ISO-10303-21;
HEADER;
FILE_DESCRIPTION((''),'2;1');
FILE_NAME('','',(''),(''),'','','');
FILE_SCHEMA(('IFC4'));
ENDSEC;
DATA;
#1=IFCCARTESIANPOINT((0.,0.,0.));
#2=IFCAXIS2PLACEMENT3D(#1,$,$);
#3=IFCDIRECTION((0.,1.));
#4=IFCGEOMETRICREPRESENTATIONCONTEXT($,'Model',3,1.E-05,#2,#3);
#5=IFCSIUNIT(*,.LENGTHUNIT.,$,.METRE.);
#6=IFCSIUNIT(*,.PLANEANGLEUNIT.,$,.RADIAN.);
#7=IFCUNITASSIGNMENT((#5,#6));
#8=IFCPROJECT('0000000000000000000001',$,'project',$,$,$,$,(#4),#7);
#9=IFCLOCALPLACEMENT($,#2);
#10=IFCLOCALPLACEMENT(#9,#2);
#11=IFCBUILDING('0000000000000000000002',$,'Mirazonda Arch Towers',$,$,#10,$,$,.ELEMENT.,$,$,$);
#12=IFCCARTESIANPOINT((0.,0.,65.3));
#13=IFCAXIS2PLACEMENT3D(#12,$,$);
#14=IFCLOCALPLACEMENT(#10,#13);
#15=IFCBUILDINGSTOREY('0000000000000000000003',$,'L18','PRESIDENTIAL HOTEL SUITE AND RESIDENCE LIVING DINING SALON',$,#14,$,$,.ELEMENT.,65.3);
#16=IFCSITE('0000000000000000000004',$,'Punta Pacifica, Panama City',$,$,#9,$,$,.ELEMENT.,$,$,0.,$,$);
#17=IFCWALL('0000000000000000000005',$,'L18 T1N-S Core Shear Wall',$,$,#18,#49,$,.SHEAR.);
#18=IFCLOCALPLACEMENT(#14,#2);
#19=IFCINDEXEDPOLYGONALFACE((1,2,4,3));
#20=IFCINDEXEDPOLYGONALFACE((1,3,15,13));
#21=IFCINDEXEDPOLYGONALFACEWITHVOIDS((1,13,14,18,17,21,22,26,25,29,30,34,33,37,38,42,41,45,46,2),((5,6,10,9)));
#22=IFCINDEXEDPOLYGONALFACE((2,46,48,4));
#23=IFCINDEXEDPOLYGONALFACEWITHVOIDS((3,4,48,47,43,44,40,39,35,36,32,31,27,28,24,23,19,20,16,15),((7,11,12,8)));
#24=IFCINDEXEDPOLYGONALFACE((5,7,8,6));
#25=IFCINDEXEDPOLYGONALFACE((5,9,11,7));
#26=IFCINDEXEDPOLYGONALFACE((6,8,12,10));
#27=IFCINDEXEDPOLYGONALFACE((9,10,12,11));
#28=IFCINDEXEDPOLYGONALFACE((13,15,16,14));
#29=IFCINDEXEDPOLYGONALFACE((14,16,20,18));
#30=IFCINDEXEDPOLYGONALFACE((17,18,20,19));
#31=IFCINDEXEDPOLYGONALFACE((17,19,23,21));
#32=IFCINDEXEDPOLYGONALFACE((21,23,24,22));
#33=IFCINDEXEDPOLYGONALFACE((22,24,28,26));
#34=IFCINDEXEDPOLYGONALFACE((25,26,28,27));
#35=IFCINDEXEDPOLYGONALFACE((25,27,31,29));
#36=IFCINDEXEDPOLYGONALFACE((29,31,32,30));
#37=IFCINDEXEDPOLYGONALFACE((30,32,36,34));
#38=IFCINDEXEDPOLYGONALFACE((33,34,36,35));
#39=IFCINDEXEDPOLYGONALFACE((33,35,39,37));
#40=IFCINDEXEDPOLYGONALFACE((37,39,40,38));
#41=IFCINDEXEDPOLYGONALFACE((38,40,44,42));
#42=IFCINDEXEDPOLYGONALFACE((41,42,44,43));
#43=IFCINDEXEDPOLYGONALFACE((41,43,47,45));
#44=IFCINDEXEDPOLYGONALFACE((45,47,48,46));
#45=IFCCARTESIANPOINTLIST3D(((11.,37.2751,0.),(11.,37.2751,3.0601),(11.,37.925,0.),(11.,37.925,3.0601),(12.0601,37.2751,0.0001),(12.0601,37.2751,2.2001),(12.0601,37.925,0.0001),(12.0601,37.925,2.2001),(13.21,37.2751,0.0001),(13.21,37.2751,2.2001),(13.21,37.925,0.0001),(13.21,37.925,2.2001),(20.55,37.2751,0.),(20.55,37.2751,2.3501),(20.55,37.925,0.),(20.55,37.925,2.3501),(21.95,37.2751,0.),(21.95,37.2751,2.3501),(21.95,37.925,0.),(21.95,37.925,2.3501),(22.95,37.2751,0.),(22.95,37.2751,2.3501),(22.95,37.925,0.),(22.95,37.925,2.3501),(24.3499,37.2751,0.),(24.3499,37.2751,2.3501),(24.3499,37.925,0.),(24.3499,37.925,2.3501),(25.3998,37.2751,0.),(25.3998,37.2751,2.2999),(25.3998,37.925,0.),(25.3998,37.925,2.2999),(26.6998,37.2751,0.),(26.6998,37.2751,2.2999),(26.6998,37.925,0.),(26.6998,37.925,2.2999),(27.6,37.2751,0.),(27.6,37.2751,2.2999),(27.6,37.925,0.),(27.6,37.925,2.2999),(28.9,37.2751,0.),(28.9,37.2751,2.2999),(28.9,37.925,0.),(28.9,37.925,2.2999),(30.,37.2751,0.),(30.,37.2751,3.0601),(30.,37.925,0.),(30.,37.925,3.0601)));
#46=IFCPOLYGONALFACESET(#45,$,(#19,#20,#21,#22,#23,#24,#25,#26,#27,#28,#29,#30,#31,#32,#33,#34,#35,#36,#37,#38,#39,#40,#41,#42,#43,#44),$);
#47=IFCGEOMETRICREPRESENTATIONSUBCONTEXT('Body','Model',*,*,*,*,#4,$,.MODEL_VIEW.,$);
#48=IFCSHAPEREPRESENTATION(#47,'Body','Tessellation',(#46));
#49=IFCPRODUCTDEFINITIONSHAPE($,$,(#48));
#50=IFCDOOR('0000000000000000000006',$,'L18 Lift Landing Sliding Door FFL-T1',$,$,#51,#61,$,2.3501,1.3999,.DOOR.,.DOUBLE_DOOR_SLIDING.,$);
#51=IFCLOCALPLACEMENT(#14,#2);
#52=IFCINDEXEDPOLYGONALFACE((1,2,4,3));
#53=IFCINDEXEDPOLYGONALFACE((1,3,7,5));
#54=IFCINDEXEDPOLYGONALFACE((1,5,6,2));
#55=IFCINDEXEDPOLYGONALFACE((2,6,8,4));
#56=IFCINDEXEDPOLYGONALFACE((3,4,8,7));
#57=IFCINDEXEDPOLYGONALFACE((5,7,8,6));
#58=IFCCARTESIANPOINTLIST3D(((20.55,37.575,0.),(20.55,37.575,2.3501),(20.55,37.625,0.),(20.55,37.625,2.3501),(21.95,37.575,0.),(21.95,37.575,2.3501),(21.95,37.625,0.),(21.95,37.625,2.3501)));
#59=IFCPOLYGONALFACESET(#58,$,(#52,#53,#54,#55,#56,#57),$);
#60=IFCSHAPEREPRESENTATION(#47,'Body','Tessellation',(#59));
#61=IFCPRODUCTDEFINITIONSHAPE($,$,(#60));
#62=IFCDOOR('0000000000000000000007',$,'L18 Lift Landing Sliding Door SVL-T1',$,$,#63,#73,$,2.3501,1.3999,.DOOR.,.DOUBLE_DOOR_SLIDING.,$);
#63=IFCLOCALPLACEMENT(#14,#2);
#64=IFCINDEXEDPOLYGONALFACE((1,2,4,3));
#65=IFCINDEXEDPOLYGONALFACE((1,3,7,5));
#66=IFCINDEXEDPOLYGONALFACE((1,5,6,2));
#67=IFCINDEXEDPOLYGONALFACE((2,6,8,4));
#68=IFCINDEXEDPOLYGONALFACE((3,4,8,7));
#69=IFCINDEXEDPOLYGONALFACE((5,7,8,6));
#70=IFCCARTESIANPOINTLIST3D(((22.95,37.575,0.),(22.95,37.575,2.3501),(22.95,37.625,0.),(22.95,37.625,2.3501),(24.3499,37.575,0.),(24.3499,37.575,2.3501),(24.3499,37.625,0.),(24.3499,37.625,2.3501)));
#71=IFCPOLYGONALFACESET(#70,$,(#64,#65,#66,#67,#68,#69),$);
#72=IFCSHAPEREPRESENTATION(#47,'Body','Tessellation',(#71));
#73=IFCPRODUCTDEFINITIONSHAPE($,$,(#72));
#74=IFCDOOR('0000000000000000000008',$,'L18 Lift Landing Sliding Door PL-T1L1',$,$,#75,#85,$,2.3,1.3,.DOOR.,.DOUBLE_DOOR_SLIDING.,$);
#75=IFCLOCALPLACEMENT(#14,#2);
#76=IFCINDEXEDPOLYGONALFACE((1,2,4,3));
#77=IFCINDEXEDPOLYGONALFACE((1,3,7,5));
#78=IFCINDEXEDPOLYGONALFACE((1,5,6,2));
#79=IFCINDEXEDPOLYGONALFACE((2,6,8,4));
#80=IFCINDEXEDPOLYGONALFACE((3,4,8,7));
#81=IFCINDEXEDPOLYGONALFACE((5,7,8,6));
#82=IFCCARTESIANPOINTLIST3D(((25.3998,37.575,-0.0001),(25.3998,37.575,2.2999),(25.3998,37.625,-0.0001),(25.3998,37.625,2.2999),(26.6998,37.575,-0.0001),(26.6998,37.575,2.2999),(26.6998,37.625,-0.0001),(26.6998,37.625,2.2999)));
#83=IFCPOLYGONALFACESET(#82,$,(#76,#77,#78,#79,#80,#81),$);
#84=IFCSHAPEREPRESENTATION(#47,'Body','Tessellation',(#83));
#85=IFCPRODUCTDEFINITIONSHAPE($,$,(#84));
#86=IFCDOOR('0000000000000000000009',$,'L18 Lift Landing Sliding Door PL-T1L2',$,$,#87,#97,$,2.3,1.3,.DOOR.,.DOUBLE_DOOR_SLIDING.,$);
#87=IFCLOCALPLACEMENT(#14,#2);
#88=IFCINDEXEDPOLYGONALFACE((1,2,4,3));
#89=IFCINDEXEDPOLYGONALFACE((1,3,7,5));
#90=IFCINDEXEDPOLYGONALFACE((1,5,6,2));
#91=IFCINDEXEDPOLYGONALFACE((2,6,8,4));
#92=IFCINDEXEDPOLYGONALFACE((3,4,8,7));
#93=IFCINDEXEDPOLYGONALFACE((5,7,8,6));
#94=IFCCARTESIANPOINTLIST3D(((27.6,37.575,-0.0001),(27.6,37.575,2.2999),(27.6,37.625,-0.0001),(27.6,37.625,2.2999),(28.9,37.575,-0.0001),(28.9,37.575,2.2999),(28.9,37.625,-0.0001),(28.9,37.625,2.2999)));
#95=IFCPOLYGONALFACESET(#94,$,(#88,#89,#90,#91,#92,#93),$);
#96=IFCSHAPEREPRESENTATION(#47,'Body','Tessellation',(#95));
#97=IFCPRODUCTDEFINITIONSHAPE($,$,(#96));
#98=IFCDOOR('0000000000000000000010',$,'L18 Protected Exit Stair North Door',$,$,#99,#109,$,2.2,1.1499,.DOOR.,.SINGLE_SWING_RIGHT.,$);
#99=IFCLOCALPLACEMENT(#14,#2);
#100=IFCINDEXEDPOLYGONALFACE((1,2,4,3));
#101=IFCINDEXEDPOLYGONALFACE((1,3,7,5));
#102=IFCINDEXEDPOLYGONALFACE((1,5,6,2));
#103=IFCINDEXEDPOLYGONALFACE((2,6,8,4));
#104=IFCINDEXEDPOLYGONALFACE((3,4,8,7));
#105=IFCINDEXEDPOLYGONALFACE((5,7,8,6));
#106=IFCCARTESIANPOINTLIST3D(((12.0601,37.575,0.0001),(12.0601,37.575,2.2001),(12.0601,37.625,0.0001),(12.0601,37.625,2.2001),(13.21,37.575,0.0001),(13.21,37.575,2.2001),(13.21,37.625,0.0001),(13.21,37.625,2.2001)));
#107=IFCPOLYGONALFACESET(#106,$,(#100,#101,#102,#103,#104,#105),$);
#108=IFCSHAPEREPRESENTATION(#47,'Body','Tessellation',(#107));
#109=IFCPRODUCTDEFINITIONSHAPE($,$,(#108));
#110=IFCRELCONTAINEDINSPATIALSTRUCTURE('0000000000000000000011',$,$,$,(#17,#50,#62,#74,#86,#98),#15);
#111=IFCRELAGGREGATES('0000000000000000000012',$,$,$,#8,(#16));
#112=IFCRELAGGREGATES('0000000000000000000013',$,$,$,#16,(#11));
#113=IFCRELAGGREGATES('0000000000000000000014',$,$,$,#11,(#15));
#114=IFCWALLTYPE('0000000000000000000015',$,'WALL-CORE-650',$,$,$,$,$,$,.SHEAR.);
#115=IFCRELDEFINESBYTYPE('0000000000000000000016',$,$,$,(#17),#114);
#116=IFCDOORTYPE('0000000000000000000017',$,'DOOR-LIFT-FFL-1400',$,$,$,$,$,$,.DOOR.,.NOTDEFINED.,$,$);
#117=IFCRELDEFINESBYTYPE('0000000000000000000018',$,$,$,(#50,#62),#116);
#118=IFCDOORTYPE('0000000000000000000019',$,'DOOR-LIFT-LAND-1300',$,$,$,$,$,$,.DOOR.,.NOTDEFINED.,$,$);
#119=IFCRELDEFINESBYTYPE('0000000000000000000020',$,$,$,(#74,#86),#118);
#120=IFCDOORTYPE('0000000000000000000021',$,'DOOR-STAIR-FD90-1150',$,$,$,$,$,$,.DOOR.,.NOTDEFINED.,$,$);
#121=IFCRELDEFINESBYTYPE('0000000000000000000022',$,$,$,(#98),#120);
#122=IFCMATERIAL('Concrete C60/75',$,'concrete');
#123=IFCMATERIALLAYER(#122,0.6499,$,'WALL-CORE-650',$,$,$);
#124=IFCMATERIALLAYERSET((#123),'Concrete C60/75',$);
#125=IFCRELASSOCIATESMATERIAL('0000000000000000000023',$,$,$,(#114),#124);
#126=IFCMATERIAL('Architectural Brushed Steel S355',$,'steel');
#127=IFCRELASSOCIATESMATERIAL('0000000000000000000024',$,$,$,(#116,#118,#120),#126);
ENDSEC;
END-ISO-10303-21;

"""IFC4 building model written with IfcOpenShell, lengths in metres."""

from ifc_helpers import new_model, si_unit, direction, frame, frame_2d, origin, place, context, subcontext, project, spatial, rectangle, extrude, material, layer, layer_set, type_object, element, fill, save


model = new_model("IFC4")

# Units and contexts
model_context = context("Model", 3, precision=1e-05, world=origin(), true_north=direction((0.0, 1.0)))
body_context = subcontext(model_context, "Body", "Model", "MODEL_VIEW")
ifc_project = project(units=[si_unit("LENGTHUNIT", "METRE"), si_unit("PLANEANGLEUNIT", "RADIAN")], contexts=[model_context])

# Site, building, storey
site_placement = place(None, origin())
site = spatial("IfcSite", under=ifc_project, at=site_placement, Name="Punta Pacifica, Panama City", CompositionType="ELEMENT", RefElevation=0.0)
building_placement = place(site_placement, origin())
building = spatial("IfcBuilding", under=site, at=building_placement, Name="Mirazonda Arch Towers", CompositionType="ELEMENT")
storey_placement = place(building_placement, frame((0.0, 0.0, 65.3)))
storey = spatial("IfcBuildingStorey", under=building, at=storey_placement, Name="L18", Description="PRESIDENTIAL HOTEL SUITE AND RESIDENCE LIVING DINING SALON", CompositionType="ELEMENT", Elevation=65.3)

# Shared definitions
ifc_material_1 = material(Name="Concrete C60/75", Category="concrete")

# Shared definitions
ifc_layer_1 = layer(ifc_material_1, 0.6499, Name="WALL-CORE-650")
ifc_layer_set_1 = layer_set([ifc_layer_1], Name="Concrete C60/75")
wall_type_1 = type_object("IfcWallType", Name="WALL-CORE-650", PredefinedType="SHEAR", material=ifc_layer_set_1)

# Wall, openings, doors
wall_1_placement = place(storey_placement, frame((11.0, 37.6001, 0.0), z_axis=(0.0, 0.0, 1.0), x_axis=(1.0, 0.0, 0.0)))
wall_1 = element("IfcWall", 1, at=wall_1_placement, inside=storey, type_object=wall_type_1, Name="L18 T1N-S Core Shear Wall", PredefinedType="SHEAR", context=body_context, shape_type="SweptSolid", body=[
    extrude(rectangle(XDim=19.0, YDim=0.6499, at=frame_2d((9.5, 0.0))), origin(), (0.0, 0.0, 1.0), 3.0601),
])
opening_1_placement = place(wall_1_placement, frame((1.0601, 0.0, 0.0)))
opening_1 = element("IfcOpeningElement", 2, at=opening_1_placement, cuts=wall_1, PredefinedType="OPENING", context=body_context, shape_type="SweptSolid", body=[
    extrude(rectangle(XDim=1.1499, YDim=2.2, at=frame_2d((0.575, 1.1001))), frame((0.0, 0.335, 0.0), z_axis=(0.0, -1.0, 0.0), x_axis=(1.0, 0.0, 0.0)), (0.0, 0.0, 1.0), 0.6699),
])
opening_2_placement = place(wall_1_placement, frame((9.55, 0.0, 0.0)))
opening_2 = element("IfcOpeningElement", 3, at=opening_2_placement, cuts=wall_1, PredefinedType="OPENING", context=body_context, shape_type="SweptSolid", body=[
    extrude(rectangle(XDim=1.3999, YDim=2.3501, at=frame_2d((0.7, 1.175))), frame((0.0, 0.335, 0.0), z_axis=(0.0, -1.0, 0.0), x_axis=(1.0, 0.0, 0.0)), (0.0, 0.0, 1.0), 0.6699),
])
opening_3_placement = place(wall_1_placement, frame((11.95, 0.0, 0.0)))
opening_3 = element("IfcOpeningElement", 4, at=opening_3_placement, cuts=wall_1, PredefinedType="OPENING", context=body_context, shape_type="SweptSolid", body=[
    extrude(rectangle(XDim=1.3999, YDim=2.3501, at=frame_2d((0.7, 1.175))), frame((0.0, 0.335, 0.0), z_axis=(0.0, -1.0, 0.0), x_axis=(1.0, 0.0, 0.0)), (0.0, 0.0, 1.0), 0.6699),
])
opening_4_placement = place(wall_1_placement, frame((14.3999, 0.0, 0.0)))
opening_4 = element("IfcOpeningElement", 5, at=opening_4_placement, cuts=wall_1, PredefinedType="OPENING", context=body_context, shape_type="SweptSolid", body=[
    extrude(rectangle(XDim=1.3, YDim=2.3, at=frame_2d((0.6499, 1.1499))), frame((0.0, 0.335, 0.0), z_axis=(0.0, -1.0, 0.0), x_axis=(1.0, 0.0, 0.0)), (0.0, 0.0, 1.0), 0.6699),
])
opening_5_placement = place(wall_1_placement, frame((16.6001, 0.0, 0.0)))
opening_5 = element("IfcOpeningElement", 6, at=opening_5_placement, cuts=wall_1, PredefinedType="OPENING", context=body_context, shape_type="SweptSolid", body=[
    extrude(rectangle(XDim=1.3, YDim=2.3, at=frame_2d((0.6499, 1.1499))), frame((0.0, 0.335, 0.0), z_axis=(0.0, -1.0, 0.0), x_axis=(1.0, 0.0, 0.0)), (0.0, 0.0, 1.0), 0.6699),
])
ifc_material_2 = material(Name="Architectural Brushed Steel S355", Category="steel")
door_type_1 = type_object("IfcDoorType", Name="DOOR-LIFT-FFL-1400", OperationType="NOTDEFINED", PredefinedType="DOOR", material=ifc_material_2)
door_1_placement = place(opening_2_placement, origin())
door_1 = element("IfcDoor", 7, at=door_1_placement, inside=storey, type_object=door_type_1, Name="L18 Lift Landing Sliding Door FFL-T1", OperationType="DOUBLE_DOOR_SLIDING", OverallHeight=2.3501, OverallWidth=1.3999, PredefinedType="DOOR", context=body_context, shape_type="SweptSolid", body=[
    extrude(rectangle(XDim=1.3999, YDim=2.3501, at=frame_2d((0.7, 1.175))), frame((0.0, 0.0249, 0.0), z_axis=(0.0, -1.0, 0.0), x_axis=(1.0, 0.0, 0.0)), (0.0, 0.0, 1.0), 0.05),
])
fill(opening_2, door_1)
door_2_placement = place(opening_3_placement, origin())
door_2 = element("IfcDoor", 8, at=door_2_placement, inside=storey, type_object=door_type_1, Name="L18 Lift Landing Sliding Door SVL-T1", OperationType="DOUBLE_DOOR_SLIDING", OverallHeight=2.3501, OverallWidth=1.3999, PredefinedType="DOOR", context=body_context, shape_type="SweptSolid", body=[
    extrude(rectangle(XDim=1.3999, YDim=2.3501, at=frame_2d((0.7, 1.175))), frame((0.0, 0.0249, 0.0), z_axis=(0.0, -1.0, 0.0), x_axis=(1.0, 0.0, 0.0)), (0.0, 0.0, 1.0), 0.05),
])
fill(opening_3, door_2)
door_type_2 = type_object("IfcDoorType", Name="DOOR-LIFT-LAND-1300", OperationType="NOTDEFINED", PredefinedType="DOOR", material=ifc_material_2)
door_3_placement = place(opening_4_placement, origin())
door_3 = element("IfcDoor", 9, at=door_3_placement, inside=storey, type_object=door_type_2, Name="L18 Lift Landing Sliding Door PL-T1L1", OperationType="DOUBLE_DOOR_SLIDING", OverallHeight=2.3, OverallWidth=1.3, PredefinedType="DOOR", context=body_context, shape_type="SweptSolid", body=[
    extrude(rectangle(XDim=1.3, YDim=2.3, at=frame_2d((0.6499, 1.1499))), frame((0.0, 0.0249, 0.0), z_axis=(0.0, -1.0, 0.0), x_axis=(1.0, 0.0, 0.0)), (0.0, 0.0, 1.0), 0.05),
])
fill(opening_4, door_3)
door_4_placement = place(opening_5_placement, origin())
door_4 = element("IfcDoor", 10, at=door_4_placement, inside=storey, type_object=door_type_2, Name="L18 Lift Landing Sliding Door PL-T1L2", OperationType="DOUBLE_DOOR_SLIDING", OverallHeight=2.3, OverallWidth=1.3, PredefinedType="DOOR", context=body_context, shape_type="SweptSolid", body=[
    extrude(rectangle(XDim=1.3, YDim=2.3, at=frame_2d((0.6499, 1.1499))), frame((0.0, 0.0249, 0.0), z_axis=(0.0, -1.0, 0.0), x_axis=(1.0, 0.0, 0.0)), (0.0, 0.0, 1.0), 0.05),
])
fill(opening_5, door_4)
door_type_3 = type_object("IfcDoorType", Name="DOOR-STAIR-FD90-1150", OperationType="NOTDEFINED", PredefinedType="DOOR", material=ifc_material_2)
door_5_placement = place(opening_1_placement, origin())
door_5 = element("IfcDoor", 11, at=door_5_placement, inside=storey, type_object=door_type_3, Name="L18 Protected Exit Stair North Door", OperationType="SINGLE_SWING_RIGHT", OverallHeight=2.2, OverallWidth=1.1499, PredefinedType="DOOR", context=body_context, shape_type="SweptSolid", body=[
    extrude(rectangle(XDim=1.1499, YDim=2.2, at=frame_2d((0.575, 1.1001))), frame((0.0, 0.0249, 0.0), z_axis=(0.0, -1.0, 0.0), x_axis=(1.0, 0.0, 0.0)), (0.0, 0.0, 1.0), 0.05),
])
fill(opening_1, door_5)

save(model, "model.ifc")
